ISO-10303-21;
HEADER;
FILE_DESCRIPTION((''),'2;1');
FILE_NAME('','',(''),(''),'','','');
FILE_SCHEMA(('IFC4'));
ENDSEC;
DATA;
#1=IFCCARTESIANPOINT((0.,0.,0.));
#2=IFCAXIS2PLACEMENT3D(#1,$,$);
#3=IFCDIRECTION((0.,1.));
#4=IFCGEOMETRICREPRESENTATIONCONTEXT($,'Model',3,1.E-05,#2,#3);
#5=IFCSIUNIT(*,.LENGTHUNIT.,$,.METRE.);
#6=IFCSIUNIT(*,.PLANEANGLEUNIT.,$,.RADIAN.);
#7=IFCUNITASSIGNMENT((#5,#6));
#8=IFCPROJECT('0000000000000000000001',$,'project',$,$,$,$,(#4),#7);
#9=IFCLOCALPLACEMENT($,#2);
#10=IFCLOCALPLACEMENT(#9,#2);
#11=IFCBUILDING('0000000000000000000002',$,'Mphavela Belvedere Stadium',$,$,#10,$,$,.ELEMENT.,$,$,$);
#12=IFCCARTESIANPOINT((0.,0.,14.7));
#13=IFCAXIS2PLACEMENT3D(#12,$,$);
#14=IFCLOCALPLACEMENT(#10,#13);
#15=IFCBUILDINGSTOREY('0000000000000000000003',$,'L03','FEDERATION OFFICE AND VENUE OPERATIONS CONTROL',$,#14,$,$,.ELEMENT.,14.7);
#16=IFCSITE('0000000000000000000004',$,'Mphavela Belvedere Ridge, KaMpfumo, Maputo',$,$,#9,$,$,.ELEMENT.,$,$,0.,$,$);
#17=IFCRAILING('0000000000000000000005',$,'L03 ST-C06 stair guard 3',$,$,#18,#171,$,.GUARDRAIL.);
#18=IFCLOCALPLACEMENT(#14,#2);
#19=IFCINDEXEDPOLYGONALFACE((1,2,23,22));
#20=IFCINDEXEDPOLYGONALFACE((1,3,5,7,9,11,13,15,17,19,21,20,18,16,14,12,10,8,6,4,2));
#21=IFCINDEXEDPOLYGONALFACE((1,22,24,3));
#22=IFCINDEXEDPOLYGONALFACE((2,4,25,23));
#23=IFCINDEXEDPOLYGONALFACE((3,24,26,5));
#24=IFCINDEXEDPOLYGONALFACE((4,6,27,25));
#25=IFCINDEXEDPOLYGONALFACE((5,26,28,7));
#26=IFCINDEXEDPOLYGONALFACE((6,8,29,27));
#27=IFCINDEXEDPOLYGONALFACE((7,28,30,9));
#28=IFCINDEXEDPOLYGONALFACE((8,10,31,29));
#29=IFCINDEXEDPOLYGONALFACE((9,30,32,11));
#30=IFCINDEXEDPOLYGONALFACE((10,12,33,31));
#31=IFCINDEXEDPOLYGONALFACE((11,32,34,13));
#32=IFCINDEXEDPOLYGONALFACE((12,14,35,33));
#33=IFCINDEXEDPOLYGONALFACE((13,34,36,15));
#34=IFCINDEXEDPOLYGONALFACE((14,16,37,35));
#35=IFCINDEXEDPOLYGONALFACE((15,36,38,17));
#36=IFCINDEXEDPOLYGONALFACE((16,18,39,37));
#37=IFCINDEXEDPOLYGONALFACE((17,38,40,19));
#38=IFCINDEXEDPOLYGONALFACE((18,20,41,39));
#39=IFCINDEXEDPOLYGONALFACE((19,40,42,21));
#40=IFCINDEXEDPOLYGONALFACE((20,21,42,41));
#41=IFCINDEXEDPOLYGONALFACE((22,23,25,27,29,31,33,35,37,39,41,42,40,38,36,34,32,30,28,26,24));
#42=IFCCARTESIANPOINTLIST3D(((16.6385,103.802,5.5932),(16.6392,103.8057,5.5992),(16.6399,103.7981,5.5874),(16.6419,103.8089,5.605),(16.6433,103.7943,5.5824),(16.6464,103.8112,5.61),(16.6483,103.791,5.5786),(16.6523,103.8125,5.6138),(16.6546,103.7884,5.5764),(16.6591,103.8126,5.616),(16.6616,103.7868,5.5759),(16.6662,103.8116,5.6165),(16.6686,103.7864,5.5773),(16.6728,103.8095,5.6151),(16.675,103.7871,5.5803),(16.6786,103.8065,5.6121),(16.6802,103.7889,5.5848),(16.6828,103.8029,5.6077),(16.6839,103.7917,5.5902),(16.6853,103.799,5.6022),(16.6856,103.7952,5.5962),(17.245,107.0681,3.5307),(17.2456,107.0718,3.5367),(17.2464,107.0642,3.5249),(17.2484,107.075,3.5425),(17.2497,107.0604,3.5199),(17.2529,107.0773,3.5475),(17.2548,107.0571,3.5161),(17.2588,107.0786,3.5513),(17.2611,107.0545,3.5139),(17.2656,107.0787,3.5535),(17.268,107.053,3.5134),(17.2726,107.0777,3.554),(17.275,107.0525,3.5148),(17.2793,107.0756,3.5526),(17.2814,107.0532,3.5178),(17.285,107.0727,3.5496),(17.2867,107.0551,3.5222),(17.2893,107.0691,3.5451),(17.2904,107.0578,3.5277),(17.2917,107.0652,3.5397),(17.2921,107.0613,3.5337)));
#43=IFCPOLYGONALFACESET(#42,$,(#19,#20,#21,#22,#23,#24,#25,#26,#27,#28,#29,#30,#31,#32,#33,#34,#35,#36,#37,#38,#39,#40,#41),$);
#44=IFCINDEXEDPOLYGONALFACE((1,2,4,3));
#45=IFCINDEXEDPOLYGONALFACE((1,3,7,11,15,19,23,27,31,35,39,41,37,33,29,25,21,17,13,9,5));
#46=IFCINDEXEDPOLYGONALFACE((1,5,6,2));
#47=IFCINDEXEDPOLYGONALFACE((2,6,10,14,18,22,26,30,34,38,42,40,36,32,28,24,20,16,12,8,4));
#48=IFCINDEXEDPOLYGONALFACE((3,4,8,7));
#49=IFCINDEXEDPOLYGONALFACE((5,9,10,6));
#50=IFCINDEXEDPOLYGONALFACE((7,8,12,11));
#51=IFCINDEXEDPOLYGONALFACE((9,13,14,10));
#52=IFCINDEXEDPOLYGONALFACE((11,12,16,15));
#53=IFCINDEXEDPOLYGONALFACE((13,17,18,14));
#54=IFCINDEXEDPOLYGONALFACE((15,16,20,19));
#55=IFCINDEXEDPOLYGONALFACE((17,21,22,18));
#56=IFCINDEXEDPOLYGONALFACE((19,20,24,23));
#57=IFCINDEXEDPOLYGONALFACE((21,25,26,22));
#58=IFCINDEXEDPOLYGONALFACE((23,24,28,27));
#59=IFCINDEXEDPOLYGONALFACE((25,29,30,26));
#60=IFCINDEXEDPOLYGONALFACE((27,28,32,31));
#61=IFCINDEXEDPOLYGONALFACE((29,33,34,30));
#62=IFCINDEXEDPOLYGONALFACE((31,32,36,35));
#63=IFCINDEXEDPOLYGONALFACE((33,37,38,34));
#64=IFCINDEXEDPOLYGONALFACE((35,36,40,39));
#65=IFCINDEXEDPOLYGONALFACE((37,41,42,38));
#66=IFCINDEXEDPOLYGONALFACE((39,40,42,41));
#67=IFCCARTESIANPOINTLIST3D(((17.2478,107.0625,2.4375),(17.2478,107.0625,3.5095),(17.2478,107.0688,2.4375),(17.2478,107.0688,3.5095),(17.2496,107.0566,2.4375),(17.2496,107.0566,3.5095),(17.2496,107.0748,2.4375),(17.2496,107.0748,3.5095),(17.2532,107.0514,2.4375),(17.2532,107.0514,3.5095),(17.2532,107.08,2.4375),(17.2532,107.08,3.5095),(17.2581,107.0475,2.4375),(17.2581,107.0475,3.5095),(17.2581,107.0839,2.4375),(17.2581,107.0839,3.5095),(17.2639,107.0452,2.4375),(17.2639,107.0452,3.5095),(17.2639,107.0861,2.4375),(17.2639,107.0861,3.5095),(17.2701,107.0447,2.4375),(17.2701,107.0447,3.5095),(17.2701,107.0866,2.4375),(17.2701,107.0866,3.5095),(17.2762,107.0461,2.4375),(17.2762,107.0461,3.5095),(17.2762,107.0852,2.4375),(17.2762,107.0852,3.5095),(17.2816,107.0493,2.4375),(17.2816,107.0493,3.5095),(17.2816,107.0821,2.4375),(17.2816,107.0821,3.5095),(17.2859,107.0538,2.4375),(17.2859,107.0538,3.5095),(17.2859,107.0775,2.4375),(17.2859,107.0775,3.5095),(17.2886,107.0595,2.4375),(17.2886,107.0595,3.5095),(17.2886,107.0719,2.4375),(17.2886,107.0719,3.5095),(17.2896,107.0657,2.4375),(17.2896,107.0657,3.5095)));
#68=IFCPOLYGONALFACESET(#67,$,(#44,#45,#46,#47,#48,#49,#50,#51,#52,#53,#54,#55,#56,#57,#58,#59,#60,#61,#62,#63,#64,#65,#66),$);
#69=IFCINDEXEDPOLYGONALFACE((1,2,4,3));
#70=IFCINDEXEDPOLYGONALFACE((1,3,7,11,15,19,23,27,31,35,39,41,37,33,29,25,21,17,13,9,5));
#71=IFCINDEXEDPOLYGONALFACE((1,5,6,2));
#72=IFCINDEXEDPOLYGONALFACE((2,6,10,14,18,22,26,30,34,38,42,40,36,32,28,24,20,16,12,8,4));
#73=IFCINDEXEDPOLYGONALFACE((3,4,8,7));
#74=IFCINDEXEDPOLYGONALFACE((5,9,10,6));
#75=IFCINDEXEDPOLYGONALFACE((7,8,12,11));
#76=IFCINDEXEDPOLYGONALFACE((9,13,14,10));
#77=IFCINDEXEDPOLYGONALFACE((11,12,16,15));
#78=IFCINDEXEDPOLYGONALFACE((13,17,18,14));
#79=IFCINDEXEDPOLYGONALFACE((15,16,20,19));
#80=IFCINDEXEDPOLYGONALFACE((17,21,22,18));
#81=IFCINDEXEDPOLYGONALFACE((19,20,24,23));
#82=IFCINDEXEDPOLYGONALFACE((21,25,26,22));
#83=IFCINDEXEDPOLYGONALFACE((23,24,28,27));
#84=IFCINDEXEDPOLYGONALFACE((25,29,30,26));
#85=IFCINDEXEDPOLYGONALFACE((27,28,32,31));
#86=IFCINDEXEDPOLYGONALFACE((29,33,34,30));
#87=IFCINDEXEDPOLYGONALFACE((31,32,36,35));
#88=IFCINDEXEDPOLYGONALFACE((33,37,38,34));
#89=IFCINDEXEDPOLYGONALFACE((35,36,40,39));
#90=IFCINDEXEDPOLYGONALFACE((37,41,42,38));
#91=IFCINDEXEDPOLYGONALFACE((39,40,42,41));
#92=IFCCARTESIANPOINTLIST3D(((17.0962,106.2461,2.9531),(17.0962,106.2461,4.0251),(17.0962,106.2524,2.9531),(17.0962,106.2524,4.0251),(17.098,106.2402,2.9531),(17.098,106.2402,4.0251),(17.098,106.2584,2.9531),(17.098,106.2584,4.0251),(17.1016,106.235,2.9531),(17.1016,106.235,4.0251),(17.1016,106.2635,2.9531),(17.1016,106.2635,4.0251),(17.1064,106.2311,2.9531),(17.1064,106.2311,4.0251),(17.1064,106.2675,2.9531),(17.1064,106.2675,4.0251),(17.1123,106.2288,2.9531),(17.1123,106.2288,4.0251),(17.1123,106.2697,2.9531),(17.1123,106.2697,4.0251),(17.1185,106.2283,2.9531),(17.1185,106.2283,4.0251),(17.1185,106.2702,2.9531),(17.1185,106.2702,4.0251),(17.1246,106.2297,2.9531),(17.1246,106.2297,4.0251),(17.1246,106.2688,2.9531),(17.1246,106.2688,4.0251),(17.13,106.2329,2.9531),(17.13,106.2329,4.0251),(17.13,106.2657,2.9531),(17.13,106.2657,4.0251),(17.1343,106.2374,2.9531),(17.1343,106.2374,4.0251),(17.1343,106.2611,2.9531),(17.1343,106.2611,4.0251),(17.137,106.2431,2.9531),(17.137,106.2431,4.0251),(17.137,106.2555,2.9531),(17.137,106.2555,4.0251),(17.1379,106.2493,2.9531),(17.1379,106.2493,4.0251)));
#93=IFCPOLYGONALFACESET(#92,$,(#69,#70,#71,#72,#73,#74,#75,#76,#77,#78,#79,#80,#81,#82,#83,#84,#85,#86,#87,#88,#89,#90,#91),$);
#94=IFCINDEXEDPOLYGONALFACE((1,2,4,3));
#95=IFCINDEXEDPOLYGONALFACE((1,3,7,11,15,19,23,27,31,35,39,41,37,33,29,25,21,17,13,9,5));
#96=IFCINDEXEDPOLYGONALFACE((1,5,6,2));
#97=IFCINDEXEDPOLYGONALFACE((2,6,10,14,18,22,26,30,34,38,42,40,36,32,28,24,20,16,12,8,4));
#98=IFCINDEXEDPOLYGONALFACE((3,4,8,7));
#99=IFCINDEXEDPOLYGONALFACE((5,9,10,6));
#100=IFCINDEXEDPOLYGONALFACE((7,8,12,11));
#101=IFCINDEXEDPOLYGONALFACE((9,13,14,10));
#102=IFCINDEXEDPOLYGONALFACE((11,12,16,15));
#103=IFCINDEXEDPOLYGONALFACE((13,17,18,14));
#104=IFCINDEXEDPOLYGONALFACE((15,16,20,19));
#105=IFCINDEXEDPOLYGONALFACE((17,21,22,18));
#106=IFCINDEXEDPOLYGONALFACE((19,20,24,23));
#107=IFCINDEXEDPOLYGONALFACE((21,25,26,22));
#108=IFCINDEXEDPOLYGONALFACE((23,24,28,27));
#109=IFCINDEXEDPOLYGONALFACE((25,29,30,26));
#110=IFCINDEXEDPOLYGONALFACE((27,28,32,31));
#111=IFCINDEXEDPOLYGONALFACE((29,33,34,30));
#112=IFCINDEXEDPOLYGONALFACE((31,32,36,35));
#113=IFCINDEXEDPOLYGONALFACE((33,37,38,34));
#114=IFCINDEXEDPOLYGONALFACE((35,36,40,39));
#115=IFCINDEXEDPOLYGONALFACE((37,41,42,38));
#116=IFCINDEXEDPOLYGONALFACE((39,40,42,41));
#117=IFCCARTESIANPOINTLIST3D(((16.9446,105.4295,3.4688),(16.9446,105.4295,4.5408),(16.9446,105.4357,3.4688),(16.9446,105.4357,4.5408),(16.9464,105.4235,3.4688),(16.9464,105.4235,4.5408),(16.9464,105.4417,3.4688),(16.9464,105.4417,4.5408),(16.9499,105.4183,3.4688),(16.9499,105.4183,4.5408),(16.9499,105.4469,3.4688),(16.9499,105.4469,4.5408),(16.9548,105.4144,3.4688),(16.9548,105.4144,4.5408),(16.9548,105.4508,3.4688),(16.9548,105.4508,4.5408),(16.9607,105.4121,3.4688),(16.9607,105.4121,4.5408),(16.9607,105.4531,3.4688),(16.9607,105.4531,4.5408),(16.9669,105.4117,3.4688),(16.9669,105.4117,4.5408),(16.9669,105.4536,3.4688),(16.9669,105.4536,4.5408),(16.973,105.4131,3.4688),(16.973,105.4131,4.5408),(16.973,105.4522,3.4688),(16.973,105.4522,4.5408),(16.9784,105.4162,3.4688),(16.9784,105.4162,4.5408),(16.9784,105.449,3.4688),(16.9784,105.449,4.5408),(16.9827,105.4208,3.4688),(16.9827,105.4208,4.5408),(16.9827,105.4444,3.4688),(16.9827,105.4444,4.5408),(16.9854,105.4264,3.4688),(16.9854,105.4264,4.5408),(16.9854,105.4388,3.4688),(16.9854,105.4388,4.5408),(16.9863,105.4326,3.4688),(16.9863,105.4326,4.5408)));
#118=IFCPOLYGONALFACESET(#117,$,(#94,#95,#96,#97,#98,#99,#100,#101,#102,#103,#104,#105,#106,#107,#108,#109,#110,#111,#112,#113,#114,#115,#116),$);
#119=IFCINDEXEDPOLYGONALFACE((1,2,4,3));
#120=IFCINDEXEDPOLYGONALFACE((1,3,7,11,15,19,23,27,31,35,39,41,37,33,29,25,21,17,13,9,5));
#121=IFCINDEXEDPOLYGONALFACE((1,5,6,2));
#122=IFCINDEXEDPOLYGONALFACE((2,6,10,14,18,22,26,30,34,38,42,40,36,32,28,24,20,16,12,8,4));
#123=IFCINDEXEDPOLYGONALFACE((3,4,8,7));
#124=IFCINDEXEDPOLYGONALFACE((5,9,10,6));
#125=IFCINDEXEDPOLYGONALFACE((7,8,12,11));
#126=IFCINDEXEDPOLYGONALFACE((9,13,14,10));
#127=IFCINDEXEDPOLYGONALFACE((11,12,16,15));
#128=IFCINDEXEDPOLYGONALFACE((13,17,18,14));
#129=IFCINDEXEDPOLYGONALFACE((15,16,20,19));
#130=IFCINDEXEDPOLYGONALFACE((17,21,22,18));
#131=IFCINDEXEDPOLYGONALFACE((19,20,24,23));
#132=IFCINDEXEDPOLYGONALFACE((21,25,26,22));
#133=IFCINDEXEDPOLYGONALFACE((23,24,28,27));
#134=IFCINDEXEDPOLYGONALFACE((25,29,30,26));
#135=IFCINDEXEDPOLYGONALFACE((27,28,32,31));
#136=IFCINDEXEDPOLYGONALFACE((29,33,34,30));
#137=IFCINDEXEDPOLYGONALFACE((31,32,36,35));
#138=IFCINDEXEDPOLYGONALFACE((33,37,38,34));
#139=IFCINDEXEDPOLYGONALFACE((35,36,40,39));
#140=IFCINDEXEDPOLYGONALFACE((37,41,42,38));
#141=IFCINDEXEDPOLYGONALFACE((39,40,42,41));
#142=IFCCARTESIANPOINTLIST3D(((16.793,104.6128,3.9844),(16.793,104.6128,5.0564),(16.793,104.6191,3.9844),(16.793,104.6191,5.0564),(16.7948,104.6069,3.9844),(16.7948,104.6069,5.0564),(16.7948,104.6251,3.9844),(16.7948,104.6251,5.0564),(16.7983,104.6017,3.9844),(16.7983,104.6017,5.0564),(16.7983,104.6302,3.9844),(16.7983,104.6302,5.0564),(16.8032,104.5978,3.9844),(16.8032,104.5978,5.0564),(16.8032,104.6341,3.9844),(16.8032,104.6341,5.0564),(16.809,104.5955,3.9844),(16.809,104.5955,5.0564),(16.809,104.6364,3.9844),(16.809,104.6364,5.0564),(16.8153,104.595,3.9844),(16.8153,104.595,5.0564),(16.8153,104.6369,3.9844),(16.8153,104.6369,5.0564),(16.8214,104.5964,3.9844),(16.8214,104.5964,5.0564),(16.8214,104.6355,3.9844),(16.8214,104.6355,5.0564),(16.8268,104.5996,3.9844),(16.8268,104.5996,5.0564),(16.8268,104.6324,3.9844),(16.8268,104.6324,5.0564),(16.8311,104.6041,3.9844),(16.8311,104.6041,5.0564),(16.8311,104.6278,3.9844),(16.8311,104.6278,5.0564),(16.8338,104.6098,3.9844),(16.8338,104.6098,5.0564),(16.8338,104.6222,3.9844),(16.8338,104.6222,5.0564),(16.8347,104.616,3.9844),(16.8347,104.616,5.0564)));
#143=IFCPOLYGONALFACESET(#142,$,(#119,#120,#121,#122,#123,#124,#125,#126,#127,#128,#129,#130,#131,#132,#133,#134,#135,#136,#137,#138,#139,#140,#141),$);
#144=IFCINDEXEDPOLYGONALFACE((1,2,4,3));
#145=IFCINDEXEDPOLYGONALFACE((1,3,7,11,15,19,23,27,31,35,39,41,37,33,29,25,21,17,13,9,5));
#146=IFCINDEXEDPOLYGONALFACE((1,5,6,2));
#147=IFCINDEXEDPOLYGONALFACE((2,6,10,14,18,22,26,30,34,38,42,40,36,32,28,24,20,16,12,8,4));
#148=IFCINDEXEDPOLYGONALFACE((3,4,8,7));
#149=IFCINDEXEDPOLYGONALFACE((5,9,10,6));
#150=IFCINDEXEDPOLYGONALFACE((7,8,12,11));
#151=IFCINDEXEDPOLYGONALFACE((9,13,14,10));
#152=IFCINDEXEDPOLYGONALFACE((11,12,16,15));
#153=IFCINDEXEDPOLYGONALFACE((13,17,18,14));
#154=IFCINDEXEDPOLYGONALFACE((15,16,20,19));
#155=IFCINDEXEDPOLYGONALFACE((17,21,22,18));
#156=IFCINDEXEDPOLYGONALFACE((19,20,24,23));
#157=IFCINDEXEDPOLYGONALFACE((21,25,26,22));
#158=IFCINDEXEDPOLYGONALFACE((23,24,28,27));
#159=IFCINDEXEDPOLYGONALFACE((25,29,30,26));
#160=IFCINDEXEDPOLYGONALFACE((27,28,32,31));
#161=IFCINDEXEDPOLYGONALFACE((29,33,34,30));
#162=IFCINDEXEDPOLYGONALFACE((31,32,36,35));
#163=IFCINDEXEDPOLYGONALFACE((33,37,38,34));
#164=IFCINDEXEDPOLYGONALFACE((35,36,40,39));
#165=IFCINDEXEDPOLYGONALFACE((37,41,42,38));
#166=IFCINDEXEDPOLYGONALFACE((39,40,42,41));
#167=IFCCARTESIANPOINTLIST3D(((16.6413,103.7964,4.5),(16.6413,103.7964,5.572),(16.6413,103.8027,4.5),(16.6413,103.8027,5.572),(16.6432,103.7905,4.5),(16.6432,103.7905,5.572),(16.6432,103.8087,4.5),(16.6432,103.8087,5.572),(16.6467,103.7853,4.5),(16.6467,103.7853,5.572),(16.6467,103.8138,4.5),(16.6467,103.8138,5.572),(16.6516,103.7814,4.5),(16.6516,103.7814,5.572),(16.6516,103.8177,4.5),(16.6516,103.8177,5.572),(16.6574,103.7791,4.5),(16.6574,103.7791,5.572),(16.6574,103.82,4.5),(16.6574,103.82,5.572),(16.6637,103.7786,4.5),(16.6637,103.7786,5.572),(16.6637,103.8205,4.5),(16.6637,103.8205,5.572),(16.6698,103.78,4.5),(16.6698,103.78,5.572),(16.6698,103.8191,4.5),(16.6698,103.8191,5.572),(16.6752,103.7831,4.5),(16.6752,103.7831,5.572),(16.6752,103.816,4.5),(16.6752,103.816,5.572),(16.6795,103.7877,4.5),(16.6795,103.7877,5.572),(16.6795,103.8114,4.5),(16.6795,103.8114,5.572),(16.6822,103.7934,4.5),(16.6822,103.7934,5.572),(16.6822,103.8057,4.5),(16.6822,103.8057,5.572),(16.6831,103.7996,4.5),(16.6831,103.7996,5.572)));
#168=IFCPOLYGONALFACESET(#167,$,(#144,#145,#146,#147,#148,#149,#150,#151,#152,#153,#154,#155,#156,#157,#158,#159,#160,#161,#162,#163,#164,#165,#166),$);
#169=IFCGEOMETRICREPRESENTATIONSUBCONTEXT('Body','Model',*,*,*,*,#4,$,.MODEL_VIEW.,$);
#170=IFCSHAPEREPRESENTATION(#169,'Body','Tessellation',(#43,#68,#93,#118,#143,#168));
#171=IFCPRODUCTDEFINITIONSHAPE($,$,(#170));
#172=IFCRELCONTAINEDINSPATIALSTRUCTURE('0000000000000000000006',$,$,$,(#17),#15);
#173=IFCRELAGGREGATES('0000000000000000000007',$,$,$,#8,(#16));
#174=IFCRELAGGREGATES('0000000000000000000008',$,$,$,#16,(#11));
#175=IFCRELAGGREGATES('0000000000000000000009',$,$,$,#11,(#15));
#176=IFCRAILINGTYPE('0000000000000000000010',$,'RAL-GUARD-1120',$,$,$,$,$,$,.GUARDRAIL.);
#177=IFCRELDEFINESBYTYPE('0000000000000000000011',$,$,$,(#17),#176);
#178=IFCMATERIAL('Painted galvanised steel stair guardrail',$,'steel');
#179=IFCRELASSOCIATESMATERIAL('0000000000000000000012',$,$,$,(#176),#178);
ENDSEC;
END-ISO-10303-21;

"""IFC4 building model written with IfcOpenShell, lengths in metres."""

from ifc_helpers import new_model, si_unit, direction, frame, origin, origin_2d, place, context, subcontext, project, spatial, circle, extrude, material, type_object, element, save


model = new_model("IFC4")

# Units and contexts
model_context = context("Model", 3, precision=1e-05, world=origin(), true_north=direction((0.0, 1.0)))
body_context = subcontext(model_context, "Body", "Model", "MODEL_VIEW")
ifc_project = project(units=[si_unit("LENGTHUNIT", "METRE"), si_unit("PLANEANGLEUNIT", "RADIAN")], contexts=[model_context])

# Site, building, storey
site_placement = place(None, origin())
site = spatial("IfcSite", under=ifc_project, at=site_placement, Name="Mphavela Belvedere Ridge, KaMpfumo, Maputo", CompositionType="ELEMENT", RefElevation=0.0)
building_placement = place(site_placement, origin())
building = spatial("IfcBuilding", under=site, at=building_placement, Name="Mphavela Belvedere Stadium", CompositionType="ELEMENT")
storey_placement = place(building_placement, frame((0.0, 0.0, 14.7)))
storey = spatial("IfcBuildingStorey", under=building, at=storey_placement, Name="L03", Description="FEDERATION OFFICE AND VENUE OPERATIONS CONTROL", CompositionType="ELEMENT", Elevation=14.7)

# Railing
ifc_material_1 = material(Name="Painted galvanised steel stair guardrail", Category="steel")
railing_type_1 = type_object("IfcRailingType", Name="RAL-GUARD-1120", PredefinedType="GUARDRAIL", material=ifc_material_1)
railing_1_placement = place(storey_placement, frame((17.2686, 107.0657, 2.4375)))
element("IfcRailing", 1, at=railing_1_placement, inside=storey, type_object=railing_type_1, Name="L03 ST-C06 stair guard 3", PredefinedType="GUARDRAIL", context=body_context, shape_type="SweptSolid", body=[
    extrude(circle(Radius=0.0239, at=origin_2d()), frame((0.0, 0.0, 1.0962), z_axis=(-0.155096, -0.835294, 0.527475), x_axis=(0.983195, -0.182558, 0.0)), (0.0, 0.0, 1.0), 3.9102),
    extrude(circle(Radius=0.021, at=origin_2d()), origin(), (0.0, 0.0, 1.0), 1.072),
    extrude(circle(Radius=0.021, at=origin_2d()), frame((-0.1516, -0.8164, 0.5156)), (0.0, 0.0, 1.0), 1.072),
    extrude(circle(Radius=0.021, at=origin_2d()), frame((-0.3032, -1.6331, 1.0312)), (0.0, 0.0, 1.0), 1.072),
    extrude(circle(Radius=0.021, at=origin_2d()), frame((-0.4548, -2.4497, 1.5469)), (0.0, 0.0, 1.0), 1.072),
    extrude(circle(Radius=0.021, at=origin_2d()), frame((-0.6064, -3.2661, 2.0625)), (0.0, 0.0, 1.0), 1.072),
])

save(model, "model.ifc")
